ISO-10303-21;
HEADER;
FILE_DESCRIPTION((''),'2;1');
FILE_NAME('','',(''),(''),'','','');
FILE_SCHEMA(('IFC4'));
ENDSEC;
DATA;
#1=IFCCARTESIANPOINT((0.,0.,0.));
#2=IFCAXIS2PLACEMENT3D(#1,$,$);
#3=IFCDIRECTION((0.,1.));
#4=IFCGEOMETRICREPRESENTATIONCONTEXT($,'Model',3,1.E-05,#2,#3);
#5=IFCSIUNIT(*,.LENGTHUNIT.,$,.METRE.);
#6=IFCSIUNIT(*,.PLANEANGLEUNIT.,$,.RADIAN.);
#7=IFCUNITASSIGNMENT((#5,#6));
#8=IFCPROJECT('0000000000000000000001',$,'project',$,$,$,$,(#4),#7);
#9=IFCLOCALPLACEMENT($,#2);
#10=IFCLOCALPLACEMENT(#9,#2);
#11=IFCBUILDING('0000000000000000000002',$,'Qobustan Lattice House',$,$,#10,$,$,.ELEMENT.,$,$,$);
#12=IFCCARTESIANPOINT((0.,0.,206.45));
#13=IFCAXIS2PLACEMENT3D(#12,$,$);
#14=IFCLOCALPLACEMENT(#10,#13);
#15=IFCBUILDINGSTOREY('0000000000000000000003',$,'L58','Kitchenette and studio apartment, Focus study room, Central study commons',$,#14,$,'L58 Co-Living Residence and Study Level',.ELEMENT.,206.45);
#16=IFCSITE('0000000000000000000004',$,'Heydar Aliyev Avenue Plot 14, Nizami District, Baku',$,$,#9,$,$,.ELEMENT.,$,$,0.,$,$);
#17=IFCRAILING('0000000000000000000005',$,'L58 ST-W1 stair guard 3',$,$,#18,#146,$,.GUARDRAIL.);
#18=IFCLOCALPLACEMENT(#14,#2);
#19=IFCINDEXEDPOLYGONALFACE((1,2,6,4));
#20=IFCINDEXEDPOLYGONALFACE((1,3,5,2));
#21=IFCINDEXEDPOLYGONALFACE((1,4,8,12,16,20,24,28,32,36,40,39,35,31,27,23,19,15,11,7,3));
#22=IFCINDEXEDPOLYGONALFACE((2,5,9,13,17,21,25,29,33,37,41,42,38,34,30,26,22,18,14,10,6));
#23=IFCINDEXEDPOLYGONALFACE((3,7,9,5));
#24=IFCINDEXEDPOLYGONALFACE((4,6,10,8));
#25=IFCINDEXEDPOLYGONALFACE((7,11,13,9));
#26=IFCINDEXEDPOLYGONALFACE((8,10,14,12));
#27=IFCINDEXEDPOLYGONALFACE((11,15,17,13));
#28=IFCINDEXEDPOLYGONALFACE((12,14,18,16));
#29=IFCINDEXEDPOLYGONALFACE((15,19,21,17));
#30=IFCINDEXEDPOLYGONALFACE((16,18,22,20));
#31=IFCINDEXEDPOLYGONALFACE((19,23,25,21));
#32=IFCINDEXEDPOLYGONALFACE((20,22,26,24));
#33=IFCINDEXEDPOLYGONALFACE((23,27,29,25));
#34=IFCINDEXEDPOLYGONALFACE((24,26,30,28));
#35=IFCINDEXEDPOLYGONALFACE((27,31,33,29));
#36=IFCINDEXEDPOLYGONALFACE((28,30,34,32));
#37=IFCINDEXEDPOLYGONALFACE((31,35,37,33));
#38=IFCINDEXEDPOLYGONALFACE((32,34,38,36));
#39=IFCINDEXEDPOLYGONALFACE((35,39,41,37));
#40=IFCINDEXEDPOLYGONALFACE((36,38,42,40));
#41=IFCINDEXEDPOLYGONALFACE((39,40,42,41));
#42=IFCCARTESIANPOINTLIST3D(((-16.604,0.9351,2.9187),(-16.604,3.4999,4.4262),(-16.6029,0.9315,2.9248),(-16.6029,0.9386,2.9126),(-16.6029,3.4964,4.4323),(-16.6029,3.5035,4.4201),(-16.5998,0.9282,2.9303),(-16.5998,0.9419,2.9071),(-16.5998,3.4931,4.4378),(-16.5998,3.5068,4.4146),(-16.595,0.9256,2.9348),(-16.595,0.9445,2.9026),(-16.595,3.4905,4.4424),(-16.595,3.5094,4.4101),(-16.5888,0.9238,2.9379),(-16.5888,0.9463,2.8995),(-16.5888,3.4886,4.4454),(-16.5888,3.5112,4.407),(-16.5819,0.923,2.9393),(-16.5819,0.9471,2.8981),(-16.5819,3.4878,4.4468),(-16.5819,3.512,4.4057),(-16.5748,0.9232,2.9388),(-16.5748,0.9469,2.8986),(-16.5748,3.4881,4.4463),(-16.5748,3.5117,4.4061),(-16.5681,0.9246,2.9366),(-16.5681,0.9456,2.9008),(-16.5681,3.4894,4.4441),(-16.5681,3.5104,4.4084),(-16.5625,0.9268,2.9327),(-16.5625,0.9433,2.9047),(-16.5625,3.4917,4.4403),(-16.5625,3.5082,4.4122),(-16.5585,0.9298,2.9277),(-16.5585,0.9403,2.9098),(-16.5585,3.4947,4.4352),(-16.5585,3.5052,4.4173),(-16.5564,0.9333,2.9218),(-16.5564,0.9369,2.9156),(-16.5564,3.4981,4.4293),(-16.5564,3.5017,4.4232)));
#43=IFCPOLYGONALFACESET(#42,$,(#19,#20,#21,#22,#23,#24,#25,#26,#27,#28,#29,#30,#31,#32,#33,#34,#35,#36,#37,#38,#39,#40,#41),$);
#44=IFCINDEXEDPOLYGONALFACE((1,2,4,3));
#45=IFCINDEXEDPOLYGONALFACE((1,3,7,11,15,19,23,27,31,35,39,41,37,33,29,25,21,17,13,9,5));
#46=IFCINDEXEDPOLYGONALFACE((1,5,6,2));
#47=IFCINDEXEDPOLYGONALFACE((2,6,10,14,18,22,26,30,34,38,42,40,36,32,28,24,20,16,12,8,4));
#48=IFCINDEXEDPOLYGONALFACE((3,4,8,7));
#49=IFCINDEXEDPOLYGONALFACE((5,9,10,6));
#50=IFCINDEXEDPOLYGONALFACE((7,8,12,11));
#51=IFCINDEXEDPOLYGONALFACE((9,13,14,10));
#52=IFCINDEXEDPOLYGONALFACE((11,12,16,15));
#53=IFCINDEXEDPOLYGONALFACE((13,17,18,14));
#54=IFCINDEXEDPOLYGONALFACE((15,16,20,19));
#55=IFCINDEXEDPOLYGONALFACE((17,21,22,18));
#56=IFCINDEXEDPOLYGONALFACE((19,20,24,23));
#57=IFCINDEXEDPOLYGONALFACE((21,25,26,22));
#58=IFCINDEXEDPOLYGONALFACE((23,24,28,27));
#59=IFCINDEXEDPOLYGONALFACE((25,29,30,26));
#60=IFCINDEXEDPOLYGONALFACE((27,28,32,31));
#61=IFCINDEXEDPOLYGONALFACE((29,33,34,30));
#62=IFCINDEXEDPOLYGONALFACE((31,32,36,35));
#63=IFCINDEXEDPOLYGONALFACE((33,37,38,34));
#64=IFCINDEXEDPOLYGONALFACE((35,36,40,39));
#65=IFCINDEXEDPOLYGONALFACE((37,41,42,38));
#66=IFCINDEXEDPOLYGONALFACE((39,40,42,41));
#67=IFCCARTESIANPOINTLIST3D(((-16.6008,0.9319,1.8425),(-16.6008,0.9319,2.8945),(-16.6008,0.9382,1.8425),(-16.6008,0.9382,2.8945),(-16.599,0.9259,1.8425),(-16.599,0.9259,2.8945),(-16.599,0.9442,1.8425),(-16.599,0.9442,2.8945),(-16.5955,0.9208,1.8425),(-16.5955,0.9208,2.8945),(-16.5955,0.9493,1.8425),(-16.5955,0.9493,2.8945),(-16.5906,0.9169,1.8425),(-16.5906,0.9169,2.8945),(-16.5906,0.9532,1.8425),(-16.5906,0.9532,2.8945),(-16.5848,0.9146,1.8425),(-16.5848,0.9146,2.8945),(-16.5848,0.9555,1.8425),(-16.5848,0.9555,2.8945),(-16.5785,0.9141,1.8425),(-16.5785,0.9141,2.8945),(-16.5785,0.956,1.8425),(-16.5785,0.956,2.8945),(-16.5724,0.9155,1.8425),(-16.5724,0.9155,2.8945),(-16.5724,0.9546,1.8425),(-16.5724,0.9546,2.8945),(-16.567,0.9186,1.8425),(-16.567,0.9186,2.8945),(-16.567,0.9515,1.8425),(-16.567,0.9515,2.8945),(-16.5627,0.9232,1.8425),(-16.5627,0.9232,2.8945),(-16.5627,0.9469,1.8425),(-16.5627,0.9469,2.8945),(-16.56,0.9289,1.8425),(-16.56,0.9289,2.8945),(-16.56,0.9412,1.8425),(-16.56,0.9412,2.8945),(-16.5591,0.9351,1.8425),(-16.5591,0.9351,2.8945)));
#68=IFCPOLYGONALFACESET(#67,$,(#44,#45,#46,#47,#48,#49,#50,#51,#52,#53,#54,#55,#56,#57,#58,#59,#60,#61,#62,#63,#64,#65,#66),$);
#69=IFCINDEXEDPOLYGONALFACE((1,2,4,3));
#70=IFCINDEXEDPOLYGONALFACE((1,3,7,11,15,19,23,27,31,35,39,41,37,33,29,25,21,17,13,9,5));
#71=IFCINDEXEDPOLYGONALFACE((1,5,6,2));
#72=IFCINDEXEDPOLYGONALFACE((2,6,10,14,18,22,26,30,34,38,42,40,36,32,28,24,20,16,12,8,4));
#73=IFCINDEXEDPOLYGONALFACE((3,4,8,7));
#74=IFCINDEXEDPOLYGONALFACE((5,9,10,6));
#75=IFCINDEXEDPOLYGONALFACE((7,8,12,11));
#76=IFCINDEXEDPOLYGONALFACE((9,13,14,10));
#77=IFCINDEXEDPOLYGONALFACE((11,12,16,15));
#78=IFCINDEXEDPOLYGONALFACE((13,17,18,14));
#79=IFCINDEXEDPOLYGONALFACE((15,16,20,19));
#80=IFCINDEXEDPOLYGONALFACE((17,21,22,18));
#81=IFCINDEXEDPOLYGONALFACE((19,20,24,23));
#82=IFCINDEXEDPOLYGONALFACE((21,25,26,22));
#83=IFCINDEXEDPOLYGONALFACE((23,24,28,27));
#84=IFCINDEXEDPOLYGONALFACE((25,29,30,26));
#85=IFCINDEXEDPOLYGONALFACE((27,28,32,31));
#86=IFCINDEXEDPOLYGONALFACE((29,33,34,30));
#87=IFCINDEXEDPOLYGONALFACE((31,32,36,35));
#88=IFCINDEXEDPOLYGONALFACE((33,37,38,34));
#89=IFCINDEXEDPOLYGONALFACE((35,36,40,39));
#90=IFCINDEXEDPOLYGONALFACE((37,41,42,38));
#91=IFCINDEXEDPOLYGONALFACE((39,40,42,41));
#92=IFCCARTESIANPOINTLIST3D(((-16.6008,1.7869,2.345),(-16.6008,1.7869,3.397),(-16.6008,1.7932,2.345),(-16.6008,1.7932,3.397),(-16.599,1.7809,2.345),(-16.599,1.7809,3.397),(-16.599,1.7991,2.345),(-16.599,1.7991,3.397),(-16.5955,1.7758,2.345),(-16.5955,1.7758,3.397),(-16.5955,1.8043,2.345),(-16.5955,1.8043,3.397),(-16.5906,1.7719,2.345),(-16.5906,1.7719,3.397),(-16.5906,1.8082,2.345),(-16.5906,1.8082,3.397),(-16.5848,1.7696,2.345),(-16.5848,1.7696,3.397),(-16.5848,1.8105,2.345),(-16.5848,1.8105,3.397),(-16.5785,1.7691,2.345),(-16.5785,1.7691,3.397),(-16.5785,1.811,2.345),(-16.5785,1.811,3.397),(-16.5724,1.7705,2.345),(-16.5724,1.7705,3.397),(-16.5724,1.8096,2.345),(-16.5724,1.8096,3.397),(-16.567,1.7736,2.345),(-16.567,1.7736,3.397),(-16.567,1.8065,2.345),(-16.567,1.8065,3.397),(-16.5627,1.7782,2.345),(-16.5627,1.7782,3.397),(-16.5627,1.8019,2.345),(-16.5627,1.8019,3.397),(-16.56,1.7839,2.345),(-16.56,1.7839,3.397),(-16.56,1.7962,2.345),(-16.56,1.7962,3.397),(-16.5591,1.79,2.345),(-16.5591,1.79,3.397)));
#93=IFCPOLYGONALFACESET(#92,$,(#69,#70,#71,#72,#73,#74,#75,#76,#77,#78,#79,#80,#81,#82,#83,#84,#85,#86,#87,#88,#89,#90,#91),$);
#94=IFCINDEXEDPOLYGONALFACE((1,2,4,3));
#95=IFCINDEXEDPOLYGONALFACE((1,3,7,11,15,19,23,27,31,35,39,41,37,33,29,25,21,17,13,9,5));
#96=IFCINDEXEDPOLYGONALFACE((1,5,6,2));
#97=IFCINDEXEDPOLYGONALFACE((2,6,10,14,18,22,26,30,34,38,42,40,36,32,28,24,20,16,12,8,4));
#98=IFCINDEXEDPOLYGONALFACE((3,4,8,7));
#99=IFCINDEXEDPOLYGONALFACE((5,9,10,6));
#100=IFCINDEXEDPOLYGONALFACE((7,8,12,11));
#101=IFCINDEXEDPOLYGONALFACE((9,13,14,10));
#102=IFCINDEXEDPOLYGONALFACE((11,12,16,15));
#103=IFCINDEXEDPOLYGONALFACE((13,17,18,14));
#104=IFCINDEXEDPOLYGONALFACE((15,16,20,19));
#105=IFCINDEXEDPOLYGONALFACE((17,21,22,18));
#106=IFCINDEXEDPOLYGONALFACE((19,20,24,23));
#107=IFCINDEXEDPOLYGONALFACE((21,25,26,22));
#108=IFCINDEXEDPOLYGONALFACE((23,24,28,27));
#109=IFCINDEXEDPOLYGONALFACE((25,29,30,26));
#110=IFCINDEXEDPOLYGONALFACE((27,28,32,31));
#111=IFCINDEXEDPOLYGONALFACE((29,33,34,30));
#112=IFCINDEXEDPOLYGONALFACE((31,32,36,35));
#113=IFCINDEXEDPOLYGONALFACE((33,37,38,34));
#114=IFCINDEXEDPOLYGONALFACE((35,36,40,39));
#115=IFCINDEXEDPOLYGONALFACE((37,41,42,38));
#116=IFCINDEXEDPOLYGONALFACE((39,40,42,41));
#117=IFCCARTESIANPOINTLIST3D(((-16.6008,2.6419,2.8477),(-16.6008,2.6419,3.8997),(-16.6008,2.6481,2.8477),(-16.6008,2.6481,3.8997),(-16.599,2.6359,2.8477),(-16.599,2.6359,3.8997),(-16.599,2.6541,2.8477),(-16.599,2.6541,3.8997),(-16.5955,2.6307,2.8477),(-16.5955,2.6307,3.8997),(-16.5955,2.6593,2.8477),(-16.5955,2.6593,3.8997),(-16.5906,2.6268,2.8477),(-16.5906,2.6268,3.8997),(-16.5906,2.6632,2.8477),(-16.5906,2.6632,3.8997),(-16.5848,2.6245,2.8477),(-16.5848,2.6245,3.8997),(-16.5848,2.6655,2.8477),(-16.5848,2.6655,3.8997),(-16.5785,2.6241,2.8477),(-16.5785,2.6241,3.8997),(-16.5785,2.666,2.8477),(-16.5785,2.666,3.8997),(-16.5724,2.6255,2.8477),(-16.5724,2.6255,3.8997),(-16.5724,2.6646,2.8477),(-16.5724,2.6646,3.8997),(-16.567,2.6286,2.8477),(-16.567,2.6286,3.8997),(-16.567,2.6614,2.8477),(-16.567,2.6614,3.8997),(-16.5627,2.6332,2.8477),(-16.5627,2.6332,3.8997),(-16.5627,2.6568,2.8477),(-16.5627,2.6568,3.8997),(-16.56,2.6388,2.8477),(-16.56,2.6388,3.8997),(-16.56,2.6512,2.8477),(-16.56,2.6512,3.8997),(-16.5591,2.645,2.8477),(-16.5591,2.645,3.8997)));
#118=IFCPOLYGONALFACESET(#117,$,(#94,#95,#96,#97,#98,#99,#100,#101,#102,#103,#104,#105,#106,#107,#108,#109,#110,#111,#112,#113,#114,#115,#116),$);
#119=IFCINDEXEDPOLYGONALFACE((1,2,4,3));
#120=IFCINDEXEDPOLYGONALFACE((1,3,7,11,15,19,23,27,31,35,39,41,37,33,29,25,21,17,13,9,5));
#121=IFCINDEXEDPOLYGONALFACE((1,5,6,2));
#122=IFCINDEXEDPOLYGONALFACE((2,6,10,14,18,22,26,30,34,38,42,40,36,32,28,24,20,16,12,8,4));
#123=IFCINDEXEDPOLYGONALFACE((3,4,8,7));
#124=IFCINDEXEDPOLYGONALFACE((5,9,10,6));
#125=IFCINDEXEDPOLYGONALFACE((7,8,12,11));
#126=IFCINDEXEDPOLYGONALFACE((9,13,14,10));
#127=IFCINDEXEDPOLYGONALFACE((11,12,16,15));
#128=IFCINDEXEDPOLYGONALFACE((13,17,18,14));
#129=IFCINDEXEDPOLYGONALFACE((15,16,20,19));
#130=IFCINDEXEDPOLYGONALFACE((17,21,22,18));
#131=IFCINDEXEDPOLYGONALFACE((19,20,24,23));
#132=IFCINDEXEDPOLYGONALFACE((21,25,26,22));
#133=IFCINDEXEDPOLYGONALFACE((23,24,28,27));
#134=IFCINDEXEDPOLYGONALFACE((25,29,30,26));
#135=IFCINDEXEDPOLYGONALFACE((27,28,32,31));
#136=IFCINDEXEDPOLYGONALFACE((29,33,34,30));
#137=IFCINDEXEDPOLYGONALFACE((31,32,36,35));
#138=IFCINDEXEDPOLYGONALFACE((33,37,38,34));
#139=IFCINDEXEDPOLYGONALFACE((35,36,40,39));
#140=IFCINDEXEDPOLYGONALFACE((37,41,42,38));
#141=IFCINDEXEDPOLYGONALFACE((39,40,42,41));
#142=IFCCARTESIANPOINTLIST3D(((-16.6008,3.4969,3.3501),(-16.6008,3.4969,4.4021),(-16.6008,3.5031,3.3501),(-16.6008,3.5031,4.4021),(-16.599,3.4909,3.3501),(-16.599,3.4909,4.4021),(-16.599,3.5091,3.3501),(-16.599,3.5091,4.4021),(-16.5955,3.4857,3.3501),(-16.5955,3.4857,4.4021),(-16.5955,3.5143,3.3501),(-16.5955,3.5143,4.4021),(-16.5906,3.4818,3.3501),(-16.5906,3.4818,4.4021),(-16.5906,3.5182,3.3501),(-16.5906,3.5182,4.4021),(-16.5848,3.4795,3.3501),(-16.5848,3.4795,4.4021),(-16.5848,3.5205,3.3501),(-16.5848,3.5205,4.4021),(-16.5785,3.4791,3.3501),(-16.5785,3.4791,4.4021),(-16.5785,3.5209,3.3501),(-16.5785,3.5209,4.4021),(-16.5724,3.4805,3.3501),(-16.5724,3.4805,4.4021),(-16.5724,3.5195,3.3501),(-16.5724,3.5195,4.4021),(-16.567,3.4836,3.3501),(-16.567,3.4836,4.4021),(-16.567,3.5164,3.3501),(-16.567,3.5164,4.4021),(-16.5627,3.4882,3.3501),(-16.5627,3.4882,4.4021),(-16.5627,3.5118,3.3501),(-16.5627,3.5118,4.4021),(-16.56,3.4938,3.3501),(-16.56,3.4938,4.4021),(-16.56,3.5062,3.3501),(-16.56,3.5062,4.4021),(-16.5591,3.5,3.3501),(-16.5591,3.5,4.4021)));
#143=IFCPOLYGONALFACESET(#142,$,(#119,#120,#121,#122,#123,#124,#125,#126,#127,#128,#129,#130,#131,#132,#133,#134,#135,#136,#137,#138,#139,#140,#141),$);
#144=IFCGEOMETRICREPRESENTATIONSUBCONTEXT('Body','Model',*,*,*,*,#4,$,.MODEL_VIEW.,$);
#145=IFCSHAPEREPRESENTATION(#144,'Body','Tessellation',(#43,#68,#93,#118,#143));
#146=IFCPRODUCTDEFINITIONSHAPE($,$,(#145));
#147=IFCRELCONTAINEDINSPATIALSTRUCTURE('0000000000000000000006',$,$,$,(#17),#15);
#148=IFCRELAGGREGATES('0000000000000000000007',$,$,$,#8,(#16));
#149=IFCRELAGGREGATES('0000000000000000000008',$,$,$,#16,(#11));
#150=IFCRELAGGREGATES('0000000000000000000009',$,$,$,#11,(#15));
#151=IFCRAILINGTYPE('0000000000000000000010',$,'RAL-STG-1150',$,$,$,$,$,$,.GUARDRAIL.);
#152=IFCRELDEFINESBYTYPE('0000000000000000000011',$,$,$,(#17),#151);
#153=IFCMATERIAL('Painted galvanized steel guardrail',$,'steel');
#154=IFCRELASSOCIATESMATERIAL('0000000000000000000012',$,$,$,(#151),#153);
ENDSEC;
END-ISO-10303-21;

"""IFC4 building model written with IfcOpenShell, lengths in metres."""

from ifc_helpers import new_model, si_unit, direction, frame, origin, origin_2d, place, context, subcontext, project, spatial, circle, extrude, material, type_object, element, save


model = new_model("IFC4")

# Units and contexts
model_context = context("Model", 3, precision=1e-05, world=origin(), true_north=direction((0.0, 1.0)))
body_context = subcontext(model_context, "Body", "Model", "MODEL_VIEW")
ifc_project = project(units=[si_unit("LENGTHUNIT", "METRE"), si_unit("PLANEANGLEUNIT", "RADIAN")], contexts=[model_context])

# Site, building, storey
site_placement = place(None, origin())
site = spatial("IfcSite", under=ifc_project, at=site_placement, Name="Heydar Aliyev Avenue Plot 14, Nizami District, Baku", CompositionType="ELEMENT", RefElevation=0.0)
building_placement = place(site_placement, origin())
building = spatial("IfcBuilding", under=site, at=building_placement, Name="Qobustan Lattice House", CompositionType="ELEMENT")
storey_placement = place(building_placement, frame((0.0, 0.0, 206.45)))
storey = spatial("IfcBuildingStorey", under=building, at=storey_placement, Name="L58", Description="Kitchenette and studio apartment, Focus study room, Central study commons", LongName="L58 Co-Living Residence and Study Level", CompositionType="ELEMENT", Elevation=206.45)

# Railing
ifc_material_1 = material(Name="Painted galvanized steel guardrail", Category="steel")
railing_type_1 = type_object("IfcRailingType", Name="RAL-STG-1150", PredefinedType="GUARDRAIL", material=ifc_material_1)
railing_1_placement = place(storey_placement, frame((-16.5801, 0.9351, 1.8425)))
element("IfcRailing", 1, at=railing_1_placement, inside=storey, type_object=railing_type_1, Name="L58 ST-W1 stair guard 3", PredefinedType="GUARDRAIL", context=body_context, shape_type="SweptSolid", body=[
    extrude(circle(Radius=0.0239, at=origin_2d()), frame((0.0, 0.0, 1.0762), z_axis=(0.0, 0.862113, 0.506715), x_axis=(-1.0, 0.0, 0.0)), (0.0, 0.0, 1.0), 2.9751),
    extrude(circle(Radius=0.021, at=origin_2d()), origin(), (0.0, 0.0, 1.0), 1.052),
    extrude(circle(Radius=0.021, at=origin_2d()), frame((0.0, 0.855, 0.5024)), (0.0, 0.0, 1.0), 1.052),
    extrude(circle(Radius=0.021, at=origin_2d()), frame((0.0, 1.71, 1.0051)), (0.0, 0.0, 1.0), 1.052),
    extrude(circle(Radius=0.021, at=origin_2d()), frame((0.0, 2.5649, 1.5076)), (0.0, 0.0, 1.0), 1.052),
])

save(model, "model.ifc")
